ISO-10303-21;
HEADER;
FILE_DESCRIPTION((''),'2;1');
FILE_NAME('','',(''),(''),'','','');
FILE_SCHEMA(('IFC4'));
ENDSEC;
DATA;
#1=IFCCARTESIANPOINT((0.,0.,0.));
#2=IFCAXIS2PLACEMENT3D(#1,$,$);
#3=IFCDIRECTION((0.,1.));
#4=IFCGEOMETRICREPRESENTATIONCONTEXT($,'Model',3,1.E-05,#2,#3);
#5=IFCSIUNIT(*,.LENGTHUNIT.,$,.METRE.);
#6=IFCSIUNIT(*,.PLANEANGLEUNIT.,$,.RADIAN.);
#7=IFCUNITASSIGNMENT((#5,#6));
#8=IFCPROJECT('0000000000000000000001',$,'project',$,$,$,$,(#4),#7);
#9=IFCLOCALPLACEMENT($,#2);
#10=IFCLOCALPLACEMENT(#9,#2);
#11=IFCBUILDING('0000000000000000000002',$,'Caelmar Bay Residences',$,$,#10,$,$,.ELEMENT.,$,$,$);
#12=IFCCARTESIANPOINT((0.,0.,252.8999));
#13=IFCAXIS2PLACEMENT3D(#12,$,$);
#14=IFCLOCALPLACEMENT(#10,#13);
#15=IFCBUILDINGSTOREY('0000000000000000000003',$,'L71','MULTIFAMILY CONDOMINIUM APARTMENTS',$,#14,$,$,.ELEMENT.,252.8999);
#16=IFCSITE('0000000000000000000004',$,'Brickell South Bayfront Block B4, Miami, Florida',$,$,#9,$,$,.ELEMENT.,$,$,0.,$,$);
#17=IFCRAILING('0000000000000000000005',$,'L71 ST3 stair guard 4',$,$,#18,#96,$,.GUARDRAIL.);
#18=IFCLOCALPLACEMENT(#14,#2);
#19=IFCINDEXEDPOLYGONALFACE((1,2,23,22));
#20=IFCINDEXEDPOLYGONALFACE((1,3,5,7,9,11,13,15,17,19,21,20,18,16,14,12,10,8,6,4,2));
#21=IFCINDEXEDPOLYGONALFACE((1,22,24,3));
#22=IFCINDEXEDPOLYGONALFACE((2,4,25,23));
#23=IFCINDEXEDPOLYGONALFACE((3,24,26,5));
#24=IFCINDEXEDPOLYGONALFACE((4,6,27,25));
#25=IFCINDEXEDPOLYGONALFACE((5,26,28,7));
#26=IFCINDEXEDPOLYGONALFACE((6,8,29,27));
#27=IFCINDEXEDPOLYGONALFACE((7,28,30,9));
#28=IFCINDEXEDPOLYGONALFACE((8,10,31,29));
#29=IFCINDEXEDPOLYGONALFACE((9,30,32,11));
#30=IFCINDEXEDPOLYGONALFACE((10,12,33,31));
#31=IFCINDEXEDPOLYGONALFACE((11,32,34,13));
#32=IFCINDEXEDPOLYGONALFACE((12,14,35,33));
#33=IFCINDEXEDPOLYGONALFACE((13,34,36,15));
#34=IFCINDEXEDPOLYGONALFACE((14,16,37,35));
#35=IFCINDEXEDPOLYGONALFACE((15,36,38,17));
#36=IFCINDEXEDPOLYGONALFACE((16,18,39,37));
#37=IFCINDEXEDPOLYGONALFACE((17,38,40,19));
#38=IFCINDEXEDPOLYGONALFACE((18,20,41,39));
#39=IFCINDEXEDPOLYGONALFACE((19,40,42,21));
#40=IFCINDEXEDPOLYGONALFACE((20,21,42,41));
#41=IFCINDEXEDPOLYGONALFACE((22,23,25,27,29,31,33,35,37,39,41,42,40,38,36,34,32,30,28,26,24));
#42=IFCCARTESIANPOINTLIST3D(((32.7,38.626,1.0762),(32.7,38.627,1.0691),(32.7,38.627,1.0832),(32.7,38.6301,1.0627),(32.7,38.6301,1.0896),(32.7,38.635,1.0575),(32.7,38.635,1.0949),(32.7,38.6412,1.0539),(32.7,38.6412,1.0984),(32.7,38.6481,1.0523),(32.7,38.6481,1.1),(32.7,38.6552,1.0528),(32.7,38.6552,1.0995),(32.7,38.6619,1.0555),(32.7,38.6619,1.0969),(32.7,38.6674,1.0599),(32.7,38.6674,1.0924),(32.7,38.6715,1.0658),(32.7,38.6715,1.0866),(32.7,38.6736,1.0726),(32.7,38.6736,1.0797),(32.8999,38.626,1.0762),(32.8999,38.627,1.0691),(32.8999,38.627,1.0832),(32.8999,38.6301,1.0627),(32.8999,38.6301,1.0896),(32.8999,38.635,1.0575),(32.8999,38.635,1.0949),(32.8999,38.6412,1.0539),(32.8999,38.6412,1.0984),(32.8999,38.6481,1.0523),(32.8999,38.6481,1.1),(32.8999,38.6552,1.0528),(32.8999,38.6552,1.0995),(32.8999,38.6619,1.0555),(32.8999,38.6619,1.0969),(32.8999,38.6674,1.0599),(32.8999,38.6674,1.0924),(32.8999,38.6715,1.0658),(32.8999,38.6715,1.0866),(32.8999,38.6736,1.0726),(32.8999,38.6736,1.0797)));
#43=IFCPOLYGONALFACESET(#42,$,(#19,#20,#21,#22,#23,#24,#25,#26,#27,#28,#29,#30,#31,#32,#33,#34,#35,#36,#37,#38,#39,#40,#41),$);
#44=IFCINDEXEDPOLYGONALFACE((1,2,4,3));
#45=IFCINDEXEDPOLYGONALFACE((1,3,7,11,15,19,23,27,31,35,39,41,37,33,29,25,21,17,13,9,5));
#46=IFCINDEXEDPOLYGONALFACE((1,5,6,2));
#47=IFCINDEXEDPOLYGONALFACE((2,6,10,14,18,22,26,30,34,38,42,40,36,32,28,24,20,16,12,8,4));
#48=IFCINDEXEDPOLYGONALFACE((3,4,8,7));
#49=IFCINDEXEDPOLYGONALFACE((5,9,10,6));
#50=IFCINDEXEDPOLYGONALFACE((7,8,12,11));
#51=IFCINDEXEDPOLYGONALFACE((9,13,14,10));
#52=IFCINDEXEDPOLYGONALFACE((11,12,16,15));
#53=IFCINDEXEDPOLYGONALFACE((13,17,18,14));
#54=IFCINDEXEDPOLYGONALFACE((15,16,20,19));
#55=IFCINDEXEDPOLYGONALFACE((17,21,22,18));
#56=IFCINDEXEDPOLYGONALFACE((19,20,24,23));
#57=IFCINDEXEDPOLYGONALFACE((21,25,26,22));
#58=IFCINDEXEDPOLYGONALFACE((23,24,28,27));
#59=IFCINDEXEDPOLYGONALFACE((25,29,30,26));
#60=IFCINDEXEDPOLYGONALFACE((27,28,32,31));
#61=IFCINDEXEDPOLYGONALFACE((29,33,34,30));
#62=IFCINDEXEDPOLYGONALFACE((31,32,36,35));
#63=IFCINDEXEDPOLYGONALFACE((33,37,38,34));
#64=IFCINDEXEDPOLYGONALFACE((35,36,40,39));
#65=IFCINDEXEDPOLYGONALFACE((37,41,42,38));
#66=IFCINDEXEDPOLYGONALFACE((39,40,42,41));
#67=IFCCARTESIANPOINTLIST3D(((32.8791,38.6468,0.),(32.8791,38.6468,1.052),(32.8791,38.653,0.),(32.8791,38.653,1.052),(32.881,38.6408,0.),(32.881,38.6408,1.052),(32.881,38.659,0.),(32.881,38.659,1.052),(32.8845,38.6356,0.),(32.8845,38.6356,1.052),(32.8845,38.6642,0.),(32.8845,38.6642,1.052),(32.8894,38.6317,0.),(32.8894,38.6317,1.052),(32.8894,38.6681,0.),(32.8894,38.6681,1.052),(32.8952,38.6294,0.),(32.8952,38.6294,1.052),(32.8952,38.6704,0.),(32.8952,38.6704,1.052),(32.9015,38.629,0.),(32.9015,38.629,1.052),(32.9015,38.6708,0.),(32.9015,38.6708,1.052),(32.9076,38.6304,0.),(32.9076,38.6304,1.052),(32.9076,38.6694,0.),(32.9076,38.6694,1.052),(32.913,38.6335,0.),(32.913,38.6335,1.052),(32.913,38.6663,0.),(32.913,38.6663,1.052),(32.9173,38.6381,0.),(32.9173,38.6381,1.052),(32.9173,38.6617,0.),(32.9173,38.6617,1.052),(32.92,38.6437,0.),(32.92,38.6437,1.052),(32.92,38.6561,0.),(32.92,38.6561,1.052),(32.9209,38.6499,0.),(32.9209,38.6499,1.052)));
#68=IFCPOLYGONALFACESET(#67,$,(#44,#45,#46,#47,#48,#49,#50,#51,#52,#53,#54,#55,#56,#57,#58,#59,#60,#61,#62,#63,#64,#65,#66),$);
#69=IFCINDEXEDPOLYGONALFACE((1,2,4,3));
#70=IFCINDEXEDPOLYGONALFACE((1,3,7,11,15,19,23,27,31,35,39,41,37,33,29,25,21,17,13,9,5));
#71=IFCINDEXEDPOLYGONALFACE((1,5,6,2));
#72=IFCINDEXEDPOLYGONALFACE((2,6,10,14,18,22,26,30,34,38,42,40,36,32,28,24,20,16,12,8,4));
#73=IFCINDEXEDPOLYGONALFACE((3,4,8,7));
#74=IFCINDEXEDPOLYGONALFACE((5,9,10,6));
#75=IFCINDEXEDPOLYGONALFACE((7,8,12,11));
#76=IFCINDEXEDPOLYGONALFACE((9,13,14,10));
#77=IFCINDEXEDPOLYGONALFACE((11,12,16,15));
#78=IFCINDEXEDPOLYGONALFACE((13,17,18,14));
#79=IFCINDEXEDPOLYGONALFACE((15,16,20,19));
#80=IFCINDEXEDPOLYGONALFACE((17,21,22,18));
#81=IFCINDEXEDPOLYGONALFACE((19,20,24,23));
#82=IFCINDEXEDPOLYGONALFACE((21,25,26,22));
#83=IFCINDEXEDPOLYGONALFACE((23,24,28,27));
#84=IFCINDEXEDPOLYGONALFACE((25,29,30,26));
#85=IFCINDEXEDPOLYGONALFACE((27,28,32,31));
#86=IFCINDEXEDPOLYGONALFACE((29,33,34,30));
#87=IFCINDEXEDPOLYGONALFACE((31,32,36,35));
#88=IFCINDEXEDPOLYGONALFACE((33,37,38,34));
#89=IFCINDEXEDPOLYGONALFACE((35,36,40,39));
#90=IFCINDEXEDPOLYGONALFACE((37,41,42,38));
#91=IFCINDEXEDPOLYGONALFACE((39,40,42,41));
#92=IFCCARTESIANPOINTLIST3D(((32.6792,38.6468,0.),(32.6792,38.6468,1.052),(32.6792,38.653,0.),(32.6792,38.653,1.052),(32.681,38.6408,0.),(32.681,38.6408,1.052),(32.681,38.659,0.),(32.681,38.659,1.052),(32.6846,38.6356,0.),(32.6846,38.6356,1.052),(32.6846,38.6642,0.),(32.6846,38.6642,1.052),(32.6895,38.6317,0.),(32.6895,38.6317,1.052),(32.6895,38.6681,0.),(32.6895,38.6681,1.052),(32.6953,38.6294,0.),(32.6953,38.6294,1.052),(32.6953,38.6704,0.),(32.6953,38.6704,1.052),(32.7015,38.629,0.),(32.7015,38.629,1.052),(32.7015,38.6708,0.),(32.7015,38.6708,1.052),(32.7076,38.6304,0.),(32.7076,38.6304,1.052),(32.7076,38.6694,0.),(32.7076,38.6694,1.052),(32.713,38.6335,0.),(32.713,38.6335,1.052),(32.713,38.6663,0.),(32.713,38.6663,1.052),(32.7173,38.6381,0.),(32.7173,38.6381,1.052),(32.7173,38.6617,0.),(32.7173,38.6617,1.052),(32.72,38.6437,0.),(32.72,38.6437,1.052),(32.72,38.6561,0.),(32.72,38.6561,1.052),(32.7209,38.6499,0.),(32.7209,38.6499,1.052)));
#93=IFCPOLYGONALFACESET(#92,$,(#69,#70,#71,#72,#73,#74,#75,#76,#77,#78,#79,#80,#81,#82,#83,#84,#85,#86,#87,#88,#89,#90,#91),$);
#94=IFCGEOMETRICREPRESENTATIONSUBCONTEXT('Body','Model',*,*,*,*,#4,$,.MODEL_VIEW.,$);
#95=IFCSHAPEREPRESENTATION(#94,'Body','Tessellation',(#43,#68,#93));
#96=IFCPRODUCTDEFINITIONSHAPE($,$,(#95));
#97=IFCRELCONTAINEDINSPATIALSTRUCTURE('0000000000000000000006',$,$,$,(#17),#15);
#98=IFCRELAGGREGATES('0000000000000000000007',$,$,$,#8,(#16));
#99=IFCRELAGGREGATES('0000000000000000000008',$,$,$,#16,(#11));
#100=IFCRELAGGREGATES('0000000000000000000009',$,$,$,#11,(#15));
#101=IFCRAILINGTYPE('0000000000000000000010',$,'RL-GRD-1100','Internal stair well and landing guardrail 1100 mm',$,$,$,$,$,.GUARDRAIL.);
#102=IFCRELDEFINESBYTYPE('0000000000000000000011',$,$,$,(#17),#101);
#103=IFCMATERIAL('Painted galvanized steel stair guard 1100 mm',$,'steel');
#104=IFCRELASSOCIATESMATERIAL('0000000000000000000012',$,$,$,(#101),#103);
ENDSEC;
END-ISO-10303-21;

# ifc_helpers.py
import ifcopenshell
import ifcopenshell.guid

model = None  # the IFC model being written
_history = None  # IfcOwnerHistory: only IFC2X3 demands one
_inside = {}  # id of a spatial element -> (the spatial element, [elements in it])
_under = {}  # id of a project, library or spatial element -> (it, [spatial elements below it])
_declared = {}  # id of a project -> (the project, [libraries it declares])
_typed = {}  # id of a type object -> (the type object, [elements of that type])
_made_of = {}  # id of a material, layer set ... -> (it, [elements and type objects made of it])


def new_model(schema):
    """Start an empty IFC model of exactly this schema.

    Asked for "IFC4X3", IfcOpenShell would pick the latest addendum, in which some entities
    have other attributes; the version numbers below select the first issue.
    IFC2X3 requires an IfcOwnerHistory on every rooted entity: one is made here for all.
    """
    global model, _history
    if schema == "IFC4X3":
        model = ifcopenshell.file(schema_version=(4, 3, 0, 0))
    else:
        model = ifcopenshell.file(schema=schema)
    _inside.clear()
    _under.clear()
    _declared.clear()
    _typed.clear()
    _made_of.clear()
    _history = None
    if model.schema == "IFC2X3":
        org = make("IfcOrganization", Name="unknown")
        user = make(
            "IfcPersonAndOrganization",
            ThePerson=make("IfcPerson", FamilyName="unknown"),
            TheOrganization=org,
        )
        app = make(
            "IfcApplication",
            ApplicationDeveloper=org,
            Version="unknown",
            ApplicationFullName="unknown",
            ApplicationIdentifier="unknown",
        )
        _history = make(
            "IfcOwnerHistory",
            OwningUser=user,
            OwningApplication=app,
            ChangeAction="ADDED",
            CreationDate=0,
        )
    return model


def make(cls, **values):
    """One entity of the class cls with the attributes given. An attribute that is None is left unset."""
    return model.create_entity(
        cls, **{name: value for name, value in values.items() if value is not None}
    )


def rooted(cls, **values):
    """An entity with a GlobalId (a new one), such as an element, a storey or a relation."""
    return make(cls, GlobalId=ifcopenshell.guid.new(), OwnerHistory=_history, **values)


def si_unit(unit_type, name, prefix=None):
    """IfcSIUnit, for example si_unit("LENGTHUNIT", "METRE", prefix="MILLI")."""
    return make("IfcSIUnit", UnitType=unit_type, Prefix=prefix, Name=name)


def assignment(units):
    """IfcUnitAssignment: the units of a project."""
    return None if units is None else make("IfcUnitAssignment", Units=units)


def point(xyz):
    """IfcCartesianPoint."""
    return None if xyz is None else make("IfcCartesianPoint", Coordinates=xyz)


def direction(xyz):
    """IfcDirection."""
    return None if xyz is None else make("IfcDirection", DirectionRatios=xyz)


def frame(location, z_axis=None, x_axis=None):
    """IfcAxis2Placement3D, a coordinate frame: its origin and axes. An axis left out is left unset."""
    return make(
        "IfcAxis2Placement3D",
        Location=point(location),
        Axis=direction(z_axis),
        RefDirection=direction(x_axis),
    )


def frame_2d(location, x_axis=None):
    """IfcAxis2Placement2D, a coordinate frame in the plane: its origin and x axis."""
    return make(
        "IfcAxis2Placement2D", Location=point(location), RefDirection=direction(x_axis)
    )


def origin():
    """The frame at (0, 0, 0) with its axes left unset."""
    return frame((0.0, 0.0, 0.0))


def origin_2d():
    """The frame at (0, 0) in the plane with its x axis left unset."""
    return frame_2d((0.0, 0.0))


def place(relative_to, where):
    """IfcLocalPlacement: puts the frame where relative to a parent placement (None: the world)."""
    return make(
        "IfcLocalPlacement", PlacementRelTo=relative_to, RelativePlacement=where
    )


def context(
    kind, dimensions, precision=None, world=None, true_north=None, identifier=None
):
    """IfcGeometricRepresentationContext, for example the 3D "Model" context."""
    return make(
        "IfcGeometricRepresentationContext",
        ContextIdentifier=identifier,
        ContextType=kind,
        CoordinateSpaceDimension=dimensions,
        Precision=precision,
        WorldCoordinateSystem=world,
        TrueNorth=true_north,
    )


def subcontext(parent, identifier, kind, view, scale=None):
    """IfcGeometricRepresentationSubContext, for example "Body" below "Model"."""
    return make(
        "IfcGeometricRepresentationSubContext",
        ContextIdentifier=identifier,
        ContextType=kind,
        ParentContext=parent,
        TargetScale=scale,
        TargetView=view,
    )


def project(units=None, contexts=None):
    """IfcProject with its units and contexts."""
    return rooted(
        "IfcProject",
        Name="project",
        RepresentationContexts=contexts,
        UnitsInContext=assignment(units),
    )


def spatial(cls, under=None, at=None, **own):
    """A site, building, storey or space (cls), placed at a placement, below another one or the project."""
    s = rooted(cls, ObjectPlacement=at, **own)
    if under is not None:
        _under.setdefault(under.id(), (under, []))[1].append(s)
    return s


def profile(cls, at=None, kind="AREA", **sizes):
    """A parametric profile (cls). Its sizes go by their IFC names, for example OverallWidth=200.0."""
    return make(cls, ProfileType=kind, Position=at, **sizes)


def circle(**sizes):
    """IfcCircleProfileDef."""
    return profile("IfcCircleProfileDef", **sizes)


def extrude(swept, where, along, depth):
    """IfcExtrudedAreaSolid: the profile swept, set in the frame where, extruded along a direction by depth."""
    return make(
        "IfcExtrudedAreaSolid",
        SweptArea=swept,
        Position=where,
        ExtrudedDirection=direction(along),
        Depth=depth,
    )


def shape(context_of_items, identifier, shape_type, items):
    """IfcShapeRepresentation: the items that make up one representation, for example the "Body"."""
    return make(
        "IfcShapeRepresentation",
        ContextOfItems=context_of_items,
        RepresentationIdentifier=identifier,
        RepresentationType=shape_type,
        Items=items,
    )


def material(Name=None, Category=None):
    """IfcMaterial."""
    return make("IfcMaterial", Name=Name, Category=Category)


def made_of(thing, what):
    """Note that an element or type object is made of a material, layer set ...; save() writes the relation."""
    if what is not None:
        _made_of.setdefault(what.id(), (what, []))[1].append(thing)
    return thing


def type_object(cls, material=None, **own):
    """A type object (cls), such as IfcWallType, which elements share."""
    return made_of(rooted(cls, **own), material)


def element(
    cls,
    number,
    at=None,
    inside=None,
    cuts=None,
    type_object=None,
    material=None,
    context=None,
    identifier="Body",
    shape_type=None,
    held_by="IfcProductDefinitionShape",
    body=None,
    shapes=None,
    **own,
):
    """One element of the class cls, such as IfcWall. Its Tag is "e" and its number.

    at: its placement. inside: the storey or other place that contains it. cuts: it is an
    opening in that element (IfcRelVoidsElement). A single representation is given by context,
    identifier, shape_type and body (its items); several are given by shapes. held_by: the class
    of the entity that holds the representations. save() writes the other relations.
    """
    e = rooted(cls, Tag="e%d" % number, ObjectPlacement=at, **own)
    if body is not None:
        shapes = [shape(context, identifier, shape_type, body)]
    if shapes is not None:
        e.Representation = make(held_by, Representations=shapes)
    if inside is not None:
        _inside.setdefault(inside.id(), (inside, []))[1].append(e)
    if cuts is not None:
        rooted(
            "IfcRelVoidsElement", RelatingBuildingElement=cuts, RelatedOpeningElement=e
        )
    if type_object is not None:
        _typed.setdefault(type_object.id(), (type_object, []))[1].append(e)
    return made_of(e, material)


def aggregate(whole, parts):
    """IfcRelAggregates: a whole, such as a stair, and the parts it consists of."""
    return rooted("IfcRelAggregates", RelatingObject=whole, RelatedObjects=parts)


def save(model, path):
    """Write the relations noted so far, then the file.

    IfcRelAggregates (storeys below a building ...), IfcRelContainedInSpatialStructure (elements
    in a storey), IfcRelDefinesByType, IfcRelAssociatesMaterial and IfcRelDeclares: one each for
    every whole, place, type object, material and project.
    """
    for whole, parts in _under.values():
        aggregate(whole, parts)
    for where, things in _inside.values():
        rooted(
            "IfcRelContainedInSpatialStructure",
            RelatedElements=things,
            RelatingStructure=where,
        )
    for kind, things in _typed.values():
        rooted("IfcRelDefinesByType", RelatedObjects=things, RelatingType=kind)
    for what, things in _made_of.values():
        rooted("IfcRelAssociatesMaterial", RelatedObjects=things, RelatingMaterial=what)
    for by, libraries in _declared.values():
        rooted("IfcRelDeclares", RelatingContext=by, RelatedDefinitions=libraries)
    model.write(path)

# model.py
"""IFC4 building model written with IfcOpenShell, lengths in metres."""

from ifc_helpers import new_model, si_unit, direction, frame, origin, origin_2d, place, context, subcontext, project, spatial, circle, extrude, material, type_object, element, save


model = new_model("IFC4")

# Units and contexts
model_context = context("Model", 3, precision=1e-05, world=origin(), true_north=direction((0.0, 1.0)))
body_context = subcontext(model_context, "Body", "Model", "MODEL_VIEW")
ifc_project = project(units=[si_unit("LENGTHUNIT", "METRE"), si_unit("PLANEANGLEUNIT", "RADIAN")], contexts=[model_context])

# Site, building, storey
site_placement = place(None, origin())
site = spatial("IfcSite", under=ifc_project, at=site_placement, Name="Brickell South Bayfront Block B4, Miami, Florida", CompositionType="ELEMENT", RefElevation=0.0)
building_placement = place(site_placement, origin())
building = spatial("IfcBuilding", under=site, at=building_placement, Name="Caelmar Bay Residences", CompositionType="ELEMENT")
storey_placement = place(building_placement, frame((0.0, 0.0, 252.8999)))
storey = spatial("IfcBuildingStorey", under=building, at=storey_placement, Name="L71", Description="MULTIFAMILY CONDOMINIUM APARTMENTS", CompositionType="ELEMENT", Elevation=252.8999)

# Railing
ifc_material_1 = material(Name="Painted galvanized steel stair guard 1100 mm", Category="steel")
railing_type_1 = type_object("IfcRailingType", Name="RL-GRD-1100", Description="Internal stair well and landing guardrail 1100 mm", PredefinedType="GUARDRAIL", material=ifc_material_1)
railing_1_placement = place(storey_placement, frame((32.8999, 38.6499, 0.0)))
element("IfcRailing", 1, at=railing_1_placement, inside=storey, type_object=railing_type_1, Name="L71 ST3 stair guard 4", PredefinedType="GUARDRAIL", context=body_context, shape_type="SweptSolid", body=[
    extrude(circle(Radius=0.0239, at=origin_2d()), frame((0.0, 0.0, 1.0762), z_axis=(-1.0, 0.0, 0.0), x_axis=(0.0, -1.0, 0.0)), (0.0, 0.0, 1.0), 0.2),
    extrude(circle(Radius=0.021, at=origin_2d()), origin(), (0.0, 0.0, 1.0), 1.052),
    extrude(circle(Radius=0.021, at=origin_2d()), frame((-0.2, 0.0, 0.0)), (0.0, 0.0, 1.0), 1.052),
])

save(model, "model.ifc")
